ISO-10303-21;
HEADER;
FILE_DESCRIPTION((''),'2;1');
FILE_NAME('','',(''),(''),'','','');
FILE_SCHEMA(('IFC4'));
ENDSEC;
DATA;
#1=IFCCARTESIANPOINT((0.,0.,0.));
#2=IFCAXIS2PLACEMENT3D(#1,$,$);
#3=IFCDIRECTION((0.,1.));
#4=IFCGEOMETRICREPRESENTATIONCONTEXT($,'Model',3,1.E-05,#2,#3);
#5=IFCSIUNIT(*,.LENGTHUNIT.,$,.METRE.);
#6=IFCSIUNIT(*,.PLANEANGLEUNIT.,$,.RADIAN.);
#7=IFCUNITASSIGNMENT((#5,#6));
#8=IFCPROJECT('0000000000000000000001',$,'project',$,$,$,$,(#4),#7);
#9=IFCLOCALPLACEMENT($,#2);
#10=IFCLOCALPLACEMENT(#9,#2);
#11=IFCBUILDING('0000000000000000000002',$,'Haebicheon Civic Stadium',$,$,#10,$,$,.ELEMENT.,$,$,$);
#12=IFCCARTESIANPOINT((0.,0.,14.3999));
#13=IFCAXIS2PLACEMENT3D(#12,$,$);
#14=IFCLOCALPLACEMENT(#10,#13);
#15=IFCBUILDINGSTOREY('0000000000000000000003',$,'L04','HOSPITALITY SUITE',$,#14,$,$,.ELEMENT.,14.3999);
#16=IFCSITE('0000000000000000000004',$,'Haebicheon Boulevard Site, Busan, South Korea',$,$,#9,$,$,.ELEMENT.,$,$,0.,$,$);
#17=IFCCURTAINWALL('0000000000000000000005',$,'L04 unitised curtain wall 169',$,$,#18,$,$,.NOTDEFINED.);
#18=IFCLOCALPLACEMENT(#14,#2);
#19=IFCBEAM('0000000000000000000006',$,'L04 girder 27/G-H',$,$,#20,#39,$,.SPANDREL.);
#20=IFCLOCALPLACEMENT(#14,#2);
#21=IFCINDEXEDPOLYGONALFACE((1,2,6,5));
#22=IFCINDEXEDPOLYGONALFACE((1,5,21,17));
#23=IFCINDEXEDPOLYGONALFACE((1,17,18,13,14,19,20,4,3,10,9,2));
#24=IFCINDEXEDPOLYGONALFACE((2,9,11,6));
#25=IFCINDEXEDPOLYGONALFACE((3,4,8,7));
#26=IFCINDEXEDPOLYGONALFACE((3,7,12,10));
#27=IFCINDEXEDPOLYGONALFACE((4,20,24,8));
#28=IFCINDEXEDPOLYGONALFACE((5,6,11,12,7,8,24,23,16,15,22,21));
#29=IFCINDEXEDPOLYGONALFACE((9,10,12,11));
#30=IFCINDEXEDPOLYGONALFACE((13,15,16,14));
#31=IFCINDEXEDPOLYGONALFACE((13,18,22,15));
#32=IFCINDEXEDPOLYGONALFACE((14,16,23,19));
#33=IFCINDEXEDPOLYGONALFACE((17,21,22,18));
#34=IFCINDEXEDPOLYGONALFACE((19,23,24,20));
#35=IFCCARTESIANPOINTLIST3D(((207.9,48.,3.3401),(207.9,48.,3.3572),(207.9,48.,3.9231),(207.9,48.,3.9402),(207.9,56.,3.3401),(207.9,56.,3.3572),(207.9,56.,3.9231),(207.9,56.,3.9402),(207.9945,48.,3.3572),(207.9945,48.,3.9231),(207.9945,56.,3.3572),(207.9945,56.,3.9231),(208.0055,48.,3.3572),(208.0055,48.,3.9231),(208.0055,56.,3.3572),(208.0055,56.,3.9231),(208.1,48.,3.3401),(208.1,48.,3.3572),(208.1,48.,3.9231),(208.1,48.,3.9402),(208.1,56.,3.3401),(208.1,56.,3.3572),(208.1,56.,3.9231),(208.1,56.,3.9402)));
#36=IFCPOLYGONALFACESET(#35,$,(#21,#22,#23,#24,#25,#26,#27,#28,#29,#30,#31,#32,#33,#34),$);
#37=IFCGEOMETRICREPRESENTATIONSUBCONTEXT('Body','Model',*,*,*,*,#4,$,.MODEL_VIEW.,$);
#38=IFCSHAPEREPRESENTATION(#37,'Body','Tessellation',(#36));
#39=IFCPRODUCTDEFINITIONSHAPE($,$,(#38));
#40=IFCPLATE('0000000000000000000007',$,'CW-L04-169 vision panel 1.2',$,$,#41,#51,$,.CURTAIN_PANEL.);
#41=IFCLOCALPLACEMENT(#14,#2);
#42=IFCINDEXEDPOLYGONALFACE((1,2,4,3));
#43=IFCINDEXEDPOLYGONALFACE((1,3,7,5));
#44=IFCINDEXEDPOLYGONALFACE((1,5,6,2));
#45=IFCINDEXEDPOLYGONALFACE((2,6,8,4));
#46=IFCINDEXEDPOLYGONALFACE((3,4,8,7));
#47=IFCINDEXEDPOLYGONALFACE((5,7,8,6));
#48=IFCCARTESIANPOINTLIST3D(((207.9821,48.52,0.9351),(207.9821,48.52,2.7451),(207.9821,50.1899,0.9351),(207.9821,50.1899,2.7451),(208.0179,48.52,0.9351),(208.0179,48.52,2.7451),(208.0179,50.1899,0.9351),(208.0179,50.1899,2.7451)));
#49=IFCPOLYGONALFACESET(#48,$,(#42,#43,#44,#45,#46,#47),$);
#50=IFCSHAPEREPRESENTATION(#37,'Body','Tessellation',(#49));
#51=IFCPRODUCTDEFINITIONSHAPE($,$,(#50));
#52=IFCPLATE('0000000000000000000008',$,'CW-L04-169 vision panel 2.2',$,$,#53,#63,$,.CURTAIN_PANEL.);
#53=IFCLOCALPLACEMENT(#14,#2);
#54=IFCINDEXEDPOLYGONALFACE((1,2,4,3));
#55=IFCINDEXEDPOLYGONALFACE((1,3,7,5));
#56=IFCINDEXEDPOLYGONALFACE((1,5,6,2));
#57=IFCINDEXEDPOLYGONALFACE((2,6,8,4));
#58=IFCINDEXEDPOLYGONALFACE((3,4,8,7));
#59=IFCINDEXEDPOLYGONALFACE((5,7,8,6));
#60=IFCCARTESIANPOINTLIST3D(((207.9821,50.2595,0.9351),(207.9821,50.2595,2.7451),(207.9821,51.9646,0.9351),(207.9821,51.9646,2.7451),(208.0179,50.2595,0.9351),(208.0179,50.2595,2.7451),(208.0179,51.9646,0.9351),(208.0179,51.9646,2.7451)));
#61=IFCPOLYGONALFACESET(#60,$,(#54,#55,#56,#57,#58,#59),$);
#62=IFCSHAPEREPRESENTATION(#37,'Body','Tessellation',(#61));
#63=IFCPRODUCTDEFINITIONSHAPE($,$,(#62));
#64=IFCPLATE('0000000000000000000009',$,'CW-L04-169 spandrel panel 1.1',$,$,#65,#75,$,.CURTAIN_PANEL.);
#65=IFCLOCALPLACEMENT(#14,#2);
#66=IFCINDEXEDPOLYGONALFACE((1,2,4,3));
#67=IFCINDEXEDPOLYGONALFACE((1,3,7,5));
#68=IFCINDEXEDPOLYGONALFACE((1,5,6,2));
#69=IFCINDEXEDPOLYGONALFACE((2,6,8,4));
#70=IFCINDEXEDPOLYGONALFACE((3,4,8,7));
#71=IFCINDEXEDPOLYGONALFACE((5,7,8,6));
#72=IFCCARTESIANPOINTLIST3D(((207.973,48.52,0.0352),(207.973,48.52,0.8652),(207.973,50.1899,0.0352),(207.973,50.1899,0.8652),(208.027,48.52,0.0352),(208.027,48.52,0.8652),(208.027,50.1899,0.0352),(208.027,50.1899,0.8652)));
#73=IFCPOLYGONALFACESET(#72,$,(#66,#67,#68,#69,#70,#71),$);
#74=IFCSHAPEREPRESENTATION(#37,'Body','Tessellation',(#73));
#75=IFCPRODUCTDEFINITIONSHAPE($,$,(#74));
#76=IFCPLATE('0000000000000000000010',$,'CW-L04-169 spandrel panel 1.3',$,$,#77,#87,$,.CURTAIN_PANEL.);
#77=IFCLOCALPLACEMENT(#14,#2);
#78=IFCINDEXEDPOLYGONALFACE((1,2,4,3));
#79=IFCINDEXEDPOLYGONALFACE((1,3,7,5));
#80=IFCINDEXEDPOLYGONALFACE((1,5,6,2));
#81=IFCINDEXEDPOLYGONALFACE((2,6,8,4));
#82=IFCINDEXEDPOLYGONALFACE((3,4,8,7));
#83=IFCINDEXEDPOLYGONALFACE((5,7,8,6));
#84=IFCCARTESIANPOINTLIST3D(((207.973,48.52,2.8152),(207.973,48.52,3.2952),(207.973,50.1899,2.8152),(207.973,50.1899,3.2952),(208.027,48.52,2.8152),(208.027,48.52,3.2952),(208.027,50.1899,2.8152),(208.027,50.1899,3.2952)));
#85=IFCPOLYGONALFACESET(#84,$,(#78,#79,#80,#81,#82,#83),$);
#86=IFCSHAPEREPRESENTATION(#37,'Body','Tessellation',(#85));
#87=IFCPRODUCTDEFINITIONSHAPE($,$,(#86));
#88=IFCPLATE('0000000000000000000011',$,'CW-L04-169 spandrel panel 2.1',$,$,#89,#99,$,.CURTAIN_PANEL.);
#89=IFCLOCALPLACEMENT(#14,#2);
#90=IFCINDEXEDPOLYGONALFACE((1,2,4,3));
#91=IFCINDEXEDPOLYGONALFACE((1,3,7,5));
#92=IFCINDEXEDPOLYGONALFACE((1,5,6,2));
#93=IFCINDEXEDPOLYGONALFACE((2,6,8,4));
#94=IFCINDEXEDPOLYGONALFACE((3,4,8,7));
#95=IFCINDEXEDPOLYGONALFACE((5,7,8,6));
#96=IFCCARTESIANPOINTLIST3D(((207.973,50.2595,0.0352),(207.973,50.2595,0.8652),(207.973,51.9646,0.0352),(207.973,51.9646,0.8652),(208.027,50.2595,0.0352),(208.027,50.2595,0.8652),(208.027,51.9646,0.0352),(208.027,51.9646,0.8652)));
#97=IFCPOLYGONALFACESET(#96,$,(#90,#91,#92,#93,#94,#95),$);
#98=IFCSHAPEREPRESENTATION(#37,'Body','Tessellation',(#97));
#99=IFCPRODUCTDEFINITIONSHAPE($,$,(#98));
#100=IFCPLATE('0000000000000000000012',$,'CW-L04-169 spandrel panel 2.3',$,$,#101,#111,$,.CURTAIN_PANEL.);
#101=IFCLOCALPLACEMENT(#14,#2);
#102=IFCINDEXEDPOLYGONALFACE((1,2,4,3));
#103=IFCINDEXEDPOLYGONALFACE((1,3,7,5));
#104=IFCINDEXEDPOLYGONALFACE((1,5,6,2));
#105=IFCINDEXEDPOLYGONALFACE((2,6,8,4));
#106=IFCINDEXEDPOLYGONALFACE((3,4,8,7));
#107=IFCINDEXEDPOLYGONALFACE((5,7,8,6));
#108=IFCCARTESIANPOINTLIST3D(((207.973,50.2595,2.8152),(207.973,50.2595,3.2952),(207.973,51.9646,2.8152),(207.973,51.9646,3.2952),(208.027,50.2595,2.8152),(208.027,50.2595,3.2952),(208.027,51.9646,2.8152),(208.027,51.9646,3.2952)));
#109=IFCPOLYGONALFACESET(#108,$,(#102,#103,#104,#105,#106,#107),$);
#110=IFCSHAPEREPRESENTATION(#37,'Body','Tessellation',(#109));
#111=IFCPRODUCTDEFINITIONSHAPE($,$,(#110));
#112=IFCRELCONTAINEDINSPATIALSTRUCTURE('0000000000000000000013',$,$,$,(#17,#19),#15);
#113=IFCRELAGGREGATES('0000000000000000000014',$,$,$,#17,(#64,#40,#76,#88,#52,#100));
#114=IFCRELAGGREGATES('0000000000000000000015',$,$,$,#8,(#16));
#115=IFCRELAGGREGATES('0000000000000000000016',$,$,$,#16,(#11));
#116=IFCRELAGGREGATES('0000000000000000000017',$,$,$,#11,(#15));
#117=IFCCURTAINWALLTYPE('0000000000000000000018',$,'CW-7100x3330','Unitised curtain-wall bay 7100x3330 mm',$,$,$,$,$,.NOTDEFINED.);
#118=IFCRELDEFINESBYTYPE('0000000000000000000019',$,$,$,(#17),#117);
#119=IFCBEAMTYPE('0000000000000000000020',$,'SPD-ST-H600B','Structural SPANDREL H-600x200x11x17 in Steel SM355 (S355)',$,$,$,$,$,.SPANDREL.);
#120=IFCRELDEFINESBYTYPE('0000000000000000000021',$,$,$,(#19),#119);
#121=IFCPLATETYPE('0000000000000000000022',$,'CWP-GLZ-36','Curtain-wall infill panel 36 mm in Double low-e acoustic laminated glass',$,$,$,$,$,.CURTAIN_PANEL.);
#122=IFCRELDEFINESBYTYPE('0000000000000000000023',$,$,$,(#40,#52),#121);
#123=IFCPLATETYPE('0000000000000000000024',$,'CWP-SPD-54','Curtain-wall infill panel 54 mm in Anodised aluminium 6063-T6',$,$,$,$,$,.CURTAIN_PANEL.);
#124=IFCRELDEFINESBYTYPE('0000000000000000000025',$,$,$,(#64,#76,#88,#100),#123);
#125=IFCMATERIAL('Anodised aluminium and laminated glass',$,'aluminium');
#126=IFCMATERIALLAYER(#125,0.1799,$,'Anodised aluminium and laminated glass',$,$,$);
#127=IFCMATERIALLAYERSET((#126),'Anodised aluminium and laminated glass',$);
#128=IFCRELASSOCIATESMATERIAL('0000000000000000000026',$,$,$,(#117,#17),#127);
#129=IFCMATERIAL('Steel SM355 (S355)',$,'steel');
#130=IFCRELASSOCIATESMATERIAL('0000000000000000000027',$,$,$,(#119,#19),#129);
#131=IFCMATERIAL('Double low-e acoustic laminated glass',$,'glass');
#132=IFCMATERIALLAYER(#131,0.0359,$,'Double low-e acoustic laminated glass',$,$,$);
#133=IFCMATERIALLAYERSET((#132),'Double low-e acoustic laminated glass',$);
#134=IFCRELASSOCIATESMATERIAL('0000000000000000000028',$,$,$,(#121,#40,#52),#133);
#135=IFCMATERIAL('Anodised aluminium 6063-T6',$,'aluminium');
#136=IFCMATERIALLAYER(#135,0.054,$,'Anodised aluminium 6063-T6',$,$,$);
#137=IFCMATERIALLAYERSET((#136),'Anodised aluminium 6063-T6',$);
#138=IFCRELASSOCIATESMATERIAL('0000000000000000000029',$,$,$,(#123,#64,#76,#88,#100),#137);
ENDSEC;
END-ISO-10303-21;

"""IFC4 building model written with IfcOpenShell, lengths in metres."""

from ifc_helpers import new_model, si_unit, direction, frame, origin, origin_2d, place, context, subcontext, project, spatial, rectangle, i_section, extrude, material, layer, layer_set, material_profile, profile_set, type_object, element, aggregate, save


model = new_model("IFC4")

# Units and contexts
model_context = context("Model", 3, precision=1e-05, world=origin(), true_north=direction((0.0, 1.0)))
body_context = subcontext(model_context, "Body", "Model", "MODEL_VIEW")
ifc_project = project(units=[si_unit("LENGTHUNIT", "METRE"), si_unit("PLANEANGLEUNIT", "RADIAN")], contexts=[model_context])

# Site, building, storey
site_placement = place(None, origin())
site = spatial("IfcSite", under=ifc_project, at=site_placement, Name="Haebicheon Boulevard Site, Busan, South Korea", CompositionType="ELEMENT", RefElevation=0.0)
building_placement = place(site_placement, origin())
building = spatial("IfcBuilding", under=site, at=building_placement, Name="Haebicheon Civic Stadium", CompositionType="ELEMENT")
storey_placement = place(building_placement, frame((0.0, 0.0, 14.3999)))
storey = spatial("IfcBuildingStorey", under=building, at=storey_placement, Name="L04", Description="HOSPITALITY SUITE", CompositionType="ELEMENT", Elevation=14.3999)

# Curtain wall
ifc_material_1 = material(Name="Anodised aluminium and laminated glass", Category="aluminium")
ifc_layer_1 = layer(ifc_material_1, 0.1799, Name="Anodised aluminium and laminated glass")
ifc_layer_set_1 = layer_set([ifc_layer_1], Name="Anodised aluminium and laminated glass")
curtain_wall_type = type_object("IfcCurtainWallType", Name="CW-7100x3330", Description="Unitised curtain-wall bay 7100x3330 mm", PredefinedType="NOTDEFINED", material=ifc_layer_set_1)
curtain_wall_placement = place(storey_placement, origin())
curtain_wall = element("IfcCurtainWall", 1, at=curtain_wall_placement, inside=storey, type_object=curtain_wall_type, material=ifc_layer_set_1, Name="L04 unitised curtain wall 169", PredefinedType="NOTDEFINED")

# Beam
ifc_material_2 = material(Name="Steel SM355 (S355)", Category="steel")
ifc_material_profile_1 = material_profile(ifc_material_2, i_section(OverallWidth=0.2, OverallDepth=0.6001, WebThickness=0.011, FlangeThickness=0.0171, at=origin_2d()), Name="H-600x200x11x17")
ifc_profile_set_1 = profile_set([ifc_material_profile_1], Name="Steel SM355 (S355)")
beam_type_1 = type_object("IfcBeamType", Name="SPD-ST-H600B", Description="Structural SPANDREL H-600x200x11x17 in Steel SM355 (S355)", PredefinedType="SPANDREL", material=ifc_profile_set_1)
beam_1_placement = place(storey_placement, frame((208.0, 48.0, 3.6401), z_axis=(0.0, 1.0, 0.0), x_axis=(-1.0, 0.0, 0.0)))
element("IfcBeam", 2, at=beam_1_placement, inside=storey, type_object=beam_type_1, material=ifc_profile_set_1, Name="L04 girder 27/G-H", PredefinedType="SPANDREL", context=body_context, shape_type="SweptSolid", body=[
    extrude(i_section(OverallWidth=0.2, OverallDepth=0.6001, WebThickness=0.011, FlangeThickness=0.0171, at=origin_2d()), origin(), (0.0, 0.0, 1.0), 8.0),
])

# Plates
ifc_material_3 = material(Name="Double low-e acoustic laminated glass", Category="glass")
ifc_layer_2 = layer(ifc_material_3, 0.0359, Name="Double low-e acoustic laminated glass")
ifc_layer_set_2 = layer_set([ifc_layer_2], Name="Double low-e acoustic laminated glass")
plate_type_1 = type_object("IfcPlateType", Name="CWP-GLZ-36", Description="Curtain-wall infill panel 36 mm in Double low-e acoustic laminated glass", PredefinedType="CURTAIN_PANEL", material=ifc_layer_set_2)
plate_1_placement = place(storey_placement, frame((208.0, 49.355, 0.9351), z_axis=(0.0, 0.0, 1.0), x_axis=(0.0, 1.0, 0.0)))
plate_1 = element("IfcPlate", 3, at=plate_1_placement, type_object=plate_type_1, material=ifc_layer_set_2, Name="CW-L04-169 vision panel 1.2", PredefinedType="CURTAIN_PANEL", context=body_context, shape_type="SweptSolid", body=[
    extrude(rectangle(XDim=1.6699, YDim=0.0359, at=origin_2d()), origin(), (0.0, 0.0, 1.0), 1.8101),
])
plate_2_placement = place(storey_placement, frame((208.0, 51.1121, 0.9351), z_axis=(0.0, 0.0, 1.0), x_axis=(0.0, 1.0, 0.0)))
plate_2 = element("IfcPlate", 4, at=plate_2_placement, type_object=plate_type_1, material=ifc_layer_set_2, Name="CW-L04-169 vision panel 2.2", PredefinedType="CURTAIN_PANEL", context=body_context, shape_type="SweptSolid", body=[
    extrude(rectangle(XDim=1.7051, YDim=0.0359, at=origin_2d()), origin(), (0.0, 0.0, 1.0), 1.8101),
])
ifc_material_4 = material(Name="Anodised aluminium 6063-T6", Category="aluminium")
ifc_layer_3 = layer(ifc_material_4, 0.054, Name="Anodised aluminium 6063-T6")
ifc_layer_set_3 = layer_set([ifc_layer_3], Name="Anodised aluminium 6063-T6")
plate_type_2 = type_object("IfcPlateType", Name="CWP-SPD-54", Description="Curtain-wall infill panel 54 mm in Anodised aluminium 6063-T6", PredefinedType="CURTAIN_PANEL", material=ifc_layer_set_3)
plate_3_placement = place(storey_placement, frame((208.0, 49.355, 0.0352), z_axis=(0.0, 0.0, 1.0), x_axis=(0.0, 1.0, 0.0)))
plate_3 = element("IfcPlate", 5, at=plate_3_placement, type_object=plate_type_2, material=ifc_layer_set_3, Name="CW-L04-169 spandrel panel 1.1", PredefinedType="CURTAIN_PANEL", context=body_context, shape_type="SweptSolid", body=[
    extrude(rectangle(XDim=1.6699, YDim=0.054, at=origin_2d()), origin(), (0.0, 0.0, 1.0), 0.8301),
])
plate_4_placement = place(storey_placement, frame((208.0, 49.355, 2.8152), z_axis=(0.0, 0.0, 1.0), x_axis=(0.0, 1.0, 0.0)))
plate_4 = element("IfcPlate", 6, at=plate_4_placement, type_object=plate_type_2, material=ifc_layer_set_3, Name="CW-L04-169 spandrel panel 1.3", PredefinedType="CURTAIN_PANEL", context=body_context, shape_type="SweptSolid", body=[
    extrude(rectangle(XDim=1.6699, YDim=0.054, at=origin_2d()), origin(), (0.0, 0.0, 1.0), 0.48),
])
plate_5_placement = place(storey_placement, frame((208.0, 51.1121, 0.0352), z_axis=(0.0, 0.0, 1.0), x_axis=(0.0, 1.0, 0.0)))
plate_5 = element("IfcPlate", 7, at=plate_5_placement, type_object=plate_type_2, material=ifc_layer_set_3, Name="CW-L04-169 spandrel panel 2.1", PredefinedType="CURTAIN_PANEL", context=body_context, shape_type="SweptSolid", body=[
    extrude(rectangle(XDim=1.7051, YDim=0.054, at=origin_2d()), origin(), (0.0, 0.0, 1.0), 0.8301),
])
plate_6_placement = place(storey_placement, frame((208.0, 51.1121, 2.8152), z_axis=(0.0, 0.0, 1.0), x_axis=(0.0, 1.0, 0.0)))
plate_6 = element("IfcPlate", 8, at=plate_6_placement, type_object=plate_type_2, material=ifc_layer_set_3, Name="CW-L04-169 spandrel panel 2.3", PredefinedType="CURTAIN_PANEL", context=body_context, shape_type="SweptSolid", body=[
    extrude(rectangle(XDim=1.7051, YDim=0.054, at=origin_2d()), origin(), (0.0, 0.0, 1.0), 0.48),
])
aggregate(curtain_wall, [plate_3, plate_1, plate_4, plate_5, plate_2, plate_6])

save(model, "model.ifc")
